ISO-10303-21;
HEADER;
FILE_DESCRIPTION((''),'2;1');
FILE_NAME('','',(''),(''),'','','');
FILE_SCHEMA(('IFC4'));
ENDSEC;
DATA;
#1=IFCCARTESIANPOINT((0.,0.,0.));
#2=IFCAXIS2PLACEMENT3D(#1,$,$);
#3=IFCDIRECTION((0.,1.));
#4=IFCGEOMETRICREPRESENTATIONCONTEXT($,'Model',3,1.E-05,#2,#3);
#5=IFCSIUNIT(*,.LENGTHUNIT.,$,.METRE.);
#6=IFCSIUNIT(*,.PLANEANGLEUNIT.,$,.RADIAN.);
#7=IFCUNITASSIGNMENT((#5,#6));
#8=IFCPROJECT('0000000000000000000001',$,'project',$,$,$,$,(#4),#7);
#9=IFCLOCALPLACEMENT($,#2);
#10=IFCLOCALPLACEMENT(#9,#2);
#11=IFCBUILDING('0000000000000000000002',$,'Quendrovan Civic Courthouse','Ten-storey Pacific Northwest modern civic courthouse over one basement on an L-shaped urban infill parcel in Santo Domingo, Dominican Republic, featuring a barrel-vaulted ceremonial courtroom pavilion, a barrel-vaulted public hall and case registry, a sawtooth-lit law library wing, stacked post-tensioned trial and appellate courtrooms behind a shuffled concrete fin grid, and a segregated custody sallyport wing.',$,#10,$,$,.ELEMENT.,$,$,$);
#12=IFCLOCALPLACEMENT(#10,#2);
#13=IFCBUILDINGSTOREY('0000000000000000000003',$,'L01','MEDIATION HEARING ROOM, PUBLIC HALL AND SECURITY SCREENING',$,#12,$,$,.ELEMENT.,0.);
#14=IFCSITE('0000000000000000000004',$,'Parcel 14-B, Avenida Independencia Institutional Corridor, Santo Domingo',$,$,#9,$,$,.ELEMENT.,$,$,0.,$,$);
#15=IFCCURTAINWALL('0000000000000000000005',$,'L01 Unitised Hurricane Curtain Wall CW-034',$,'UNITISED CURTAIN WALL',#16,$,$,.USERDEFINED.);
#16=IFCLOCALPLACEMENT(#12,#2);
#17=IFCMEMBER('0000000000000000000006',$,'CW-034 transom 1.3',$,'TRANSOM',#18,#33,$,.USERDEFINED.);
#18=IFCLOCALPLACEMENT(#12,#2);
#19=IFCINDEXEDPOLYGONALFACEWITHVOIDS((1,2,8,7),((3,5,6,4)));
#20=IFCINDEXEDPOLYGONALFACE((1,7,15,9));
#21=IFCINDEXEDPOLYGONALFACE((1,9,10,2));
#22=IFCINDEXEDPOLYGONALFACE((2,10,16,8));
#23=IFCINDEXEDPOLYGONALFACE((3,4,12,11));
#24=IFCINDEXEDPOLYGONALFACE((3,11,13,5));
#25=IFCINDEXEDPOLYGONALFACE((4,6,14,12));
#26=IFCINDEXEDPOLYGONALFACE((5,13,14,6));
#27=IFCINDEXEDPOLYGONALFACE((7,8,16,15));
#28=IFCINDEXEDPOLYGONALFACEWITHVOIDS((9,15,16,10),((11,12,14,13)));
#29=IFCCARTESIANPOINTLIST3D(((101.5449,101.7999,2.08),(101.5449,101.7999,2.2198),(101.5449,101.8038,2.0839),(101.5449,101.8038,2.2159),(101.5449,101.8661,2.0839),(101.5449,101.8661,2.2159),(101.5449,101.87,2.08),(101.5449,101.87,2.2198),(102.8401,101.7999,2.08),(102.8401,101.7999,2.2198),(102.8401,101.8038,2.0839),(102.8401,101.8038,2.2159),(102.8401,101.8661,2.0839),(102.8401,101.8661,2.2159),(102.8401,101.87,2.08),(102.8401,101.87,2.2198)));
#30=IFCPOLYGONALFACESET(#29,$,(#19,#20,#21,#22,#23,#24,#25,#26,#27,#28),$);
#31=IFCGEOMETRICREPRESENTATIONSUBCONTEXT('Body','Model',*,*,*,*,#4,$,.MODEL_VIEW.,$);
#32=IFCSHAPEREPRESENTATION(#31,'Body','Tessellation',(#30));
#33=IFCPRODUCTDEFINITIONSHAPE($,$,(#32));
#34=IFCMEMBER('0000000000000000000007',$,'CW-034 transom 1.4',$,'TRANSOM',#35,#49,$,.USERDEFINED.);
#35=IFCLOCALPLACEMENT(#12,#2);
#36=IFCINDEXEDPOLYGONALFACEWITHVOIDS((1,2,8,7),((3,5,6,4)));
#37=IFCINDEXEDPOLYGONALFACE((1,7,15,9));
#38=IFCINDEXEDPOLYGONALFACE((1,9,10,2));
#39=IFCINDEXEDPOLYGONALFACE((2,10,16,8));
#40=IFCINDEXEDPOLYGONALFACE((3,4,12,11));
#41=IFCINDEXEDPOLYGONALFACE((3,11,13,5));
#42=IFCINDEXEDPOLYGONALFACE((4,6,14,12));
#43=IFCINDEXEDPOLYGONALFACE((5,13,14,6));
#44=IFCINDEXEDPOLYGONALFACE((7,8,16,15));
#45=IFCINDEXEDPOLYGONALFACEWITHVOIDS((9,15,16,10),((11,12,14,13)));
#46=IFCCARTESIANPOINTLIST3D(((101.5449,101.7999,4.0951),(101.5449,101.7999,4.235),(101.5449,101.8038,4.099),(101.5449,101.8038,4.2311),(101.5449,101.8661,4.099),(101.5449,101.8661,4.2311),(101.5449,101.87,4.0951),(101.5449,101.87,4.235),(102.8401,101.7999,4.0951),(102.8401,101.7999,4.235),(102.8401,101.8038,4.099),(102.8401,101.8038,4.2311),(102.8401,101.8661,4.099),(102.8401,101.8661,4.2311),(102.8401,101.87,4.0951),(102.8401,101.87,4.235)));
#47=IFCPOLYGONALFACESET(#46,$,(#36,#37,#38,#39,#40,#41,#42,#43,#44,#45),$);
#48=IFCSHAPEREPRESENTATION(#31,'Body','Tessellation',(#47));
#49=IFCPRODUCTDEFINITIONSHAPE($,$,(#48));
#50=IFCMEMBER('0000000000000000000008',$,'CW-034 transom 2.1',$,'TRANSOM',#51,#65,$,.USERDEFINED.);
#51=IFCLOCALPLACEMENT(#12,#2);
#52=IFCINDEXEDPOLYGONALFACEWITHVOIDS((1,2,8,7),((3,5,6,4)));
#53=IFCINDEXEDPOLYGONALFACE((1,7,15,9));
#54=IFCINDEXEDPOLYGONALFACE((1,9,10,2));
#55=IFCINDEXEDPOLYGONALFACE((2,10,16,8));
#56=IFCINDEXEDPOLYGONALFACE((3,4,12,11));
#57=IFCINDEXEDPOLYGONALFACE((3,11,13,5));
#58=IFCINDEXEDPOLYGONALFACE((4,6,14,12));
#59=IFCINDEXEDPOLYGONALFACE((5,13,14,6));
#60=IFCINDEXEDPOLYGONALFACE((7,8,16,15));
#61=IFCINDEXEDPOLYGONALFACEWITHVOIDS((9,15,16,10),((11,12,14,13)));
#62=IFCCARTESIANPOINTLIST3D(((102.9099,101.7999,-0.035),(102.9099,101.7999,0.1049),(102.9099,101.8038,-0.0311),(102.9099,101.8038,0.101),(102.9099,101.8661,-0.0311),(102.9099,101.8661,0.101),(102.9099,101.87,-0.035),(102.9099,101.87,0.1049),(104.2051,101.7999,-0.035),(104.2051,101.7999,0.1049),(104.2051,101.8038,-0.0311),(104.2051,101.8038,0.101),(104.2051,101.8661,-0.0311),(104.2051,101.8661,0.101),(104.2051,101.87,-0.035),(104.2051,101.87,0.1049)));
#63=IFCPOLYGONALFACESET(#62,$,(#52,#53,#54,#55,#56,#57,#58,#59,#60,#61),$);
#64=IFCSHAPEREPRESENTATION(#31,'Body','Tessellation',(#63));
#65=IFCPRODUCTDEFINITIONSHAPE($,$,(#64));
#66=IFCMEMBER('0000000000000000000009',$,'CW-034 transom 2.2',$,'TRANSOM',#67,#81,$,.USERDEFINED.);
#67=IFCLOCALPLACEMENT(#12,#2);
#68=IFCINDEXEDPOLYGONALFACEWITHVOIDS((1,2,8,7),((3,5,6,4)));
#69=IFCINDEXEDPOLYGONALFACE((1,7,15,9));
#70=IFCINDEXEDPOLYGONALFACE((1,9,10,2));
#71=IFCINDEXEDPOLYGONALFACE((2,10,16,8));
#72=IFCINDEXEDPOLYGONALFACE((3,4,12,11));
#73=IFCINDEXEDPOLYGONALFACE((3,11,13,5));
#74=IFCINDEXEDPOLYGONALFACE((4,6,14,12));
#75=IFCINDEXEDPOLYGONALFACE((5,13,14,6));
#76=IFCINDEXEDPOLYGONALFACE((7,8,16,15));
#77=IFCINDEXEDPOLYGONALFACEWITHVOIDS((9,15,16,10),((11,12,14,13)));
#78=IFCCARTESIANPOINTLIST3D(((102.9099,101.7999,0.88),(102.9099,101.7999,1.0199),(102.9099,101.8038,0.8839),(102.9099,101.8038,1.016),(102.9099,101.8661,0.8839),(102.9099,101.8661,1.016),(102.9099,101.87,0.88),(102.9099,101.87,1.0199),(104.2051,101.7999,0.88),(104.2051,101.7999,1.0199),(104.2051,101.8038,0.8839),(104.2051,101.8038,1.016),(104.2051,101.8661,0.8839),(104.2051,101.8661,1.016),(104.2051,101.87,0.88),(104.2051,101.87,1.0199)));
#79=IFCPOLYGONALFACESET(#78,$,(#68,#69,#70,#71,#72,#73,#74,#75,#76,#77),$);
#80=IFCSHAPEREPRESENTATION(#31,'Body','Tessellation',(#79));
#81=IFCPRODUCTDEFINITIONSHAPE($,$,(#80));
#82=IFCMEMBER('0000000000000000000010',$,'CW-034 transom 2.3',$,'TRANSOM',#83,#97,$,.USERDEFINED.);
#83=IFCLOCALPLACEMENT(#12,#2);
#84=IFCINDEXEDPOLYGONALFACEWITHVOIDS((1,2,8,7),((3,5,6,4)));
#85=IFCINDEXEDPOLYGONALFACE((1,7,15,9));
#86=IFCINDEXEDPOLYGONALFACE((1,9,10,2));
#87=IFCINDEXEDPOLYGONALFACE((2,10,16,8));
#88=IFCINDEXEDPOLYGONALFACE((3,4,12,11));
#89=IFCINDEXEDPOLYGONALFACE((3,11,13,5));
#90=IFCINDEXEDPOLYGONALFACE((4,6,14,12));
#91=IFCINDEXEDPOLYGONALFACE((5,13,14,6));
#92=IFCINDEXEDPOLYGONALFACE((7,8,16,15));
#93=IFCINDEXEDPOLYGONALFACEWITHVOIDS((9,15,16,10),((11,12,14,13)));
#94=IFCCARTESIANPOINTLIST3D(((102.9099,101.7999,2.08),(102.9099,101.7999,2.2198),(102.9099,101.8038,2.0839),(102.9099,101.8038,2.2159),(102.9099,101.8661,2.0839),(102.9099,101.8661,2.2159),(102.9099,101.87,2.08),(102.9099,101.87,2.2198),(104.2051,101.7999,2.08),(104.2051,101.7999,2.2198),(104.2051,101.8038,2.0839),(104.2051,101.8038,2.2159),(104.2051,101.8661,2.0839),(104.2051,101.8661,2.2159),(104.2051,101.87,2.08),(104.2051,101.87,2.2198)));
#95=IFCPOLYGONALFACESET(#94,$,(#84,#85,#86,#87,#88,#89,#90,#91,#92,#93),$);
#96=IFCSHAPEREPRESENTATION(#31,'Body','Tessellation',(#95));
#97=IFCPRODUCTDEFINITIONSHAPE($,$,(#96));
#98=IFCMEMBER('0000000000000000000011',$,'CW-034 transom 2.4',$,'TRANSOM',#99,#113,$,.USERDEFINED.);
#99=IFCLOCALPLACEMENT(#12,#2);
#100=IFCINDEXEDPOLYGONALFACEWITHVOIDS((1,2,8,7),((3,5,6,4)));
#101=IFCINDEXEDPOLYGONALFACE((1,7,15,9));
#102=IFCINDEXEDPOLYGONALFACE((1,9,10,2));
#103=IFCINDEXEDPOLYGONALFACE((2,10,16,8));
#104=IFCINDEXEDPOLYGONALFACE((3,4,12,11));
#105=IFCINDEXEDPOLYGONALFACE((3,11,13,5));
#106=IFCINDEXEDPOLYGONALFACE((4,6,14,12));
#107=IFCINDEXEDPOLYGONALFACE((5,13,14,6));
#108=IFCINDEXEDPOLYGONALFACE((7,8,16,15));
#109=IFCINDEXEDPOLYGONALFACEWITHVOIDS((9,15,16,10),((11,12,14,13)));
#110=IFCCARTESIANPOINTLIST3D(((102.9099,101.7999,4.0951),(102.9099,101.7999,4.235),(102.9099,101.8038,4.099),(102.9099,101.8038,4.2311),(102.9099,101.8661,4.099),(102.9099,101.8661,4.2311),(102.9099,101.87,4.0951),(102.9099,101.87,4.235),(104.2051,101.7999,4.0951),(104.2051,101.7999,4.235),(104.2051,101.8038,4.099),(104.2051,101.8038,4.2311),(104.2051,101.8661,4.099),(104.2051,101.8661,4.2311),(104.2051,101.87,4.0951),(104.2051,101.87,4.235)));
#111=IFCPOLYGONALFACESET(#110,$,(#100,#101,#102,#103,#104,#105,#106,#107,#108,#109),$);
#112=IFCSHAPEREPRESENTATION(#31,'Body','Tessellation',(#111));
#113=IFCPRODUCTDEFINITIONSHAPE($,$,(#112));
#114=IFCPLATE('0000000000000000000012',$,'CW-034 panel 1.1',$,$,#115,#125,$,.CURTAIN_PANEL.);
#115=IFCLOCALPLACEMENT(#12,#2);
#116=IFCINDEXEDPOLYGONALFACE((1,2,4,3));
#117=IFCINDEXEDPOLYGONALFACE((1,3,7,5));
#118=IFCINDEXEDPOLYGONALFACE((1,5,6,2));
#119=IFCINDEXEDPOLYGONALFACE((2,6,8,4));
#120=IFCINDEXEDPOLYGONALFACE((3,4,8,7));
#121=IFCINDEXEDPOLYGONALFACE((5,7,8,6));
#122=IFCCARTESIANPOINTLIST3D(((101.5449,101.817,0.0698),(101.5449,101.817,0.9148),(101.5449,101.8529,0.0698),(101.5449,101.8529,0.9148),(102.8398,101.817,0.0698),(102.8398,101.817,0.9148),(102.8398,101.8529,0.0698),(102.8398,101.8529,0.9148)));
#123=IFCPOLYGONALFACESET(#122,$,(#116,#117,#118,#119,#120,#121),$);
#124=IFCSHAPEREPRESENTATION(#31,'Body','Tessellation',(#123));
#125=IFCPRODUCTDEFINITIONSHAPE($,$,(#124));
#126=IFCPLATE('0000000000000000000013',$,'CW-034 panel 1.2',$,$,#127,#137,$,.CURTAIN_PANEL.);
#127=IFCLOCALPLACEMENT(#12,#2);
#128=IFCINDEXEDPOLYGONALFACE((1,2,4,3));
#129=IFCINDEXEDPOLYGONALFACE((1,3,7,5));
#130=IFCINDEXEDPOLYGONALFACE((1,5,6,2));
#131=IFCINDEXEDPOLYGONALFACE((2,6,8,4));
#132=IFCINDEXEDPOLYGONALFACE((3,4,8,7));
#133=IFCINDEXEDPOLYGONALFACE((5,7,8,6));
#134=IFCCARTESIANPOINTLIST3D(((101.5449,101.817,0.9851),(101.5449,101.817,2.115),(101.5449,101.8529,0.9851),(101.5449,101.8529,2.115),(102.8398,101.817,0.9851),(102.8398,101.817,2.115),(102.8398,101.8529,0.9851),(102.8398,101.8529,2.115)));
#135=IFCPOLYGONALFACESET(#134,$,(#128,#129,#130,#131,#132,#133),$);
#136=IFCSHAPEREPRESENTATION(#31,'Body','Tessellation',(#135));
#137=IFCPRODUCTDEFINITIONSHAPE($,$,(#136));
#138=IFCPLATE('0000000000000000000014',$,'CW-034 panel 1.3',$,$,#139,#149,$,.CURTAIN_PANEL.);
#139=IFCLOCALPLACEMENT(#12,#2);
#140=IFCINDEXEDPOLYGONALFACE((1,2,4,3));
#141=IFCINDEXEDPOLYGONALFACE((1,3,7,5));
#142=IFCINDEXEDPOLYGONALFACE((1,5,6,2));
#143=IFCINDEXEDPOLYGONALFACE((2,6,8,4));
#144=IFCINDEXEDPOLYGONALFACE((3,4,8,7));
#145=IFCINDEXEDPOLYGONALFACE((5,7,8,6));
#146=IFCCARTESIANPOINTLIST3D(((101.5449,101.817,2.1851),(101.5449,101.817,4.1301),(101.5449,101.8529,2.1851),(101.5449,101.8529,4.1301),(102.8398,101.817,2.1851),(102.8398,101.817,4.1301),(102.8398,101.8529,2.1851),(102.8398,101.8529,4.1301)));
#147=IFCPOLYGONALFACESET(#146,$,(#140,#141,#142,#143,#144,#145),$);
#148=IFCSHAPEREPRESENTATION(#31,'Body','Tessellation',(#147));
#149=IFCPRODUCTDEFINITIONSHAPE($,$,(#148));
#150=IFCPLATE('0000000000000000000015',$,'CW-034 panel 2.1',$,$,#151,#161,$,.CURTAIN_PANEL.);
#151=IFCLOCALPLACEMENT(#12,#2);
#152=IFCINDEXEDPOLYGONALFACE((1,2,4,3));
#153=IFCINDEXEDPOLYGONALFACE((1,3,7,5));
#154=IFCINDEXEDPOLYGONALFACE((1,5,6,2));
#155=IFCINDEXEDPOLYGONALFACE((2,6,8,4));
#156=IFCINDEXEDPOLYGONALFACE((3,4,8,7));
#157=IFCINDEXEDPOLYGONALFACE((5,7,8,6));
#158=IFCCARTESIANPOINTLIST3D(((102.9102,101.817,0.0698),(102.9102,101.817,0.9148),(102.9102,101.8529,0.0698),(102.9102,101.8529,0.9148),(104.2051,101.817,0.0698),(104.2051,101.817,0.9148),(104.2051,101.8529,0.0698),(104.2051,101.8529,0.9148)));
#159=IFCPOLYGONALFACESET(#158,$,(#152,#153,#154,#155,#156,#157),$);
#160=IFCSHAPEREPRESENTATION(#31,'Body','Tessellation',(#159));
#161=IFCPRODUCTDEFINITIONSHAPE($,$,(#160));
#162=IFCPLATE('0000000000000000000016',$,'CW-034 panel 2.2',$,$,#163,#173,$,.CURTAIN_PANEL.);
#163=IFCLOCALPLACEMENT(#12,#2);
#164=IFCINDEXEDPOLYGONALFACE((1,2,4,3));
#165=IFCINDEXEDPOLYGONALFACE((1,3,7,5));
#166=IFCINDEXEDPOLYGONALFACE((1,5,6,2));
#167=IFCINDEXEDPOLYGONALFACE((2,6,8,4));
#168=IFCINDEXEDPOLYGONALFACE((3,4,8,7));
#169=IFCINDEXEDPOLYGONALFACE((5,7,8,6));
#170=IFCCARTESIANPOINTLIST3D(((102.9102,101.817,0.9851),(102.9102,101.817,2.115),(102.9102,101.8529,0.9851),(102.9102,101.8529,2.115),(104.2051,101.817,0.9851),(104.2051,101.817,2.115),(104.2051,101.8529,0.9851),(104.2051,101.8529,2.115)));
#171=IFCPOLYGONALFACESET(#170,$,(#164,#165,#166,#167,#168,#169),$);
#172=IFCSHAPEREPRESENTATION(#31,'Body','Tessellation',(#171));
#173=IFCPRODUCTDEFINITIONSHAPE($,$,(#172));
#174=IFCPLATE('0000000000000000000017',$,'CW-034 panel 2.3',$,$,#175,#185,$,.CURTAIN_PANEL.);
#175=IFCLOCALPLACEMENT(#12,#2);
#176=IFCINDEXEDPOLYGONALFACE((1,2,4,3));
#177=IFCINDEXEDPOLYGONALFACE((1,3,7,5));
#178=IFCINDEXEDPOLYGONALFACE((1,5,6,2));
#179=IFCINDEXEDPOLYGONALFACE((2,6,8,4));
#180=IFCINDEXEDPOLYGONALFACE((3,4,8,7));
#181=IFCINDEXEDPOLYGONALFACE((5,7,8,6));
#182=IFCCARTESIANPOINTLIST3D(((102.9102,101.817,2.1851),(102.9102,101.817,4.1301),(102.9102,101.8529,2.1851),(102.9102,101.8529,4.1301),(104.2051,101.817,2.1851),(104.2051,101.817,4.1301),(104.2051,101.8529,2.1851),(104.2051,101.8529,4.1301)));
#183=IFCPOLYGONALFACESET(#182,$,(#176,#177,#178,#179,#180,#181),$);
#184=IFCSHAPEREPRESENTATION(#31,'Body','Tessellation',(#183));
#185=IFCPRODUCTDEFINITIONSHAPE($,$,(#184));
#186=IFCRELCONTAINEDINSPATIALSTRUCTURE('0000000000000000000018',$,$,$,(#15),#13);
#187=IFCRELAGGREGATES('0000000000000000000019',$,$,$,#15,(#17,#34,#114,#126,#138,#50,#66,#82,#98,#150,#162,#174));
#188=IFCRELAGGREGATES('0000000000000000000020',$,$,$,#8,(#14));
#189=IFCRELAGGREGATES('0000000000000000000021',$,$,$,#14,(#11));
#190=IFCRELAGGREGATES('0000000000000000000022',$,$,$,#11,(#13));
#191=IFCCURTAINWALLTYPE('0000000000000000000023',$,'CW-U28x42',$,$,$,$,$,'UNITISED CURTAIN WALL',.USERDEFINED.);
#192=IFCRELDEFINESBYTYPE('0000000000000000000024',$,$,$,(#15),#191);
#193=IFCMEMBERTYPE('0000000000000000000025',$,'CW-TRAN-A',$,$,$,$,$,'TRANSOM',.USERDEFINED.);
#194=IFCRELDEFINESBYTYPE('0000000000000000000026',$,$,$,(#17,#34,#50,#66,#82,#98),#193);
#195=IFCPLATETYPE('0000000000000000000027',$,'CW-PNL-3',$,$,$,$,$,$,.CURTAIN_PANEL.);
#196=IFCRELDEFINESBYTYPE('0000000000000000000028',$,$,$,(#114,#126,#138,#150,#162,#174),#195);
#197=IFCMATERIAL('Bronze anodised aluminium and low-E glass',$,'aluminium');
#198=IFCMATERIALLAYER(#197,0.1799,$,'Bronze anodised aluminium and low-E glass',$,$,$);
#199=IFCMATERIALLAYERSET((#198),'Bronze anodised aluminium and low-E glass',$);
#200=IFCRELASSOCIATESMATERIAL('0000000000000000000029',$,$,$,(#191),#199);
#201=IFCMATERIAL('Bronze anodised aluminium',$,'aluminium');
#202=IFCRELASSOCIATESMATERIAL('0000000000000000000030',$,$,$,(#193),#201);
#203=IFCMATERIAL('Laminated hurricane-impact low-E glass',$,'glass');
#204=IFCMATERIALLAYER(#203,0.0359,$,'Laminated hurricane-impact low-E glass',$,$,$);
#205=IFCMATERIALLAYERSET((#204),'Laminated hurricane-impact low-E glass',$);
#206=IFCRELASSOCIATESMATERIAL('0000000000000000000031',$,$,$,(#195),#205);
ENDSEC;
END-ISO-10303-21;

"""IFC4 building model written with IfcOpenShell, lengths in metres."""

from ifc_helpers import new_model, si_unit, direction, frame, origin, origin_2d, place, context, subcontext, project, spatial, rectangle, hollow_rectangle, extrude, material, layer, layer_set, material_profile, profile_set, type_object, element, aggregate, save


model = new_model("IFC4")

# Units and contexts
model_context = context("Model", 3, precision=1e-05, world=origin(), true_north=direction((0.0, 1.0)))
body_context = subcontext(model_context, "Body", "Model", "MODEL_VIEW")
ifc_project = project(units=[si_unit("LENGTHUNIT", "METRE"), si_unit("PLANEANGLEUNIT", "RADIAN")], contexts=[model_context])

# Site, building, storey
site_placement = place(None, origin())
site = spatial("IfcSite", under=ifc_project, at=site_placement, Name="Parcel 14-B, Avenida Independencia Institutional Corridor, Santo Domingo", CompositionType="ELEMENT", RefElevation=0.0)
building_placement = place(site_placement, origin())
building = spatial("IfcBuilding", under=site, at=building_placement, Name="Quendrovan Civic Courthouse", Description="Ten-storey Pacific Northwest modern civic courthouse over one basement on an L-shaped urban infill parcel in Santo Domingo, Dominican Republic, featuring a barrel-vaulted ceremonial courtroom pavilion, a barrel-vaulted public hall and case registry, a sawtooth-lit law library wing, stacked post-tensioned trial and appellate courtrooms behind a shuffled concrete fin grid, and a segregated custody sallyport wing.", CompositionType="ELEMENT")
storey_placement = place(building_placement, origin())
storey = spatial("IfcBuildingStorey", under=building, at=storey_placement, Name="L01", Description="MEDIATION HEARING ROOM, PUBLIC HALL AND SECURITY SCREENING", CompositionType="ELEMENT", Elevation=0.0)

# Curtain wall, members, plates
ifc_material_1 = material(Name="Bronze anodised aluminium and low-E glass", Category="aluminium")
ifc_layer_1 = layer(ifc_material_1, 0.1799, Name="Bronze anodised aluminium and low-E glass")
ifc_layer_set_1 = layer_set([ifc_layer_1], Name="Bronze anodised aluminium and low-E glass")
curtain_wall_type = type_object("IfcCurtainWallType", Name="CW-U28x42", ElementType="UNITISED CURTAIN WALL", PredefinedType="USERDEFINED", material=ifc_layer_set_1)
curtain_wall_placement = place(storey_placement, origin())
curtain_wall = element("IfcCurtainWall", 1, at=curtain_wall_placement, inside=storey, type_object=curtain_wall_type, Name="L01 Unitised Hurricane Curtain Wall CW-034", ObjectType="UNITISED CURTAIN WALL", PredefinedType="USERDEFINED")
ifc_material_2 = material(Name="Bronze anodised aluminium", Category="aluminium")
ifc_material_profile_1 = material_profile(ifc_material_2, hollow_rectangle(XDim=0.0701, YDim=0.1399, WallThickness=0.0039, at=origin_2d()), Name="CW-TRAN-70x140")
ifc_profile_set_1 = profile_set([ifc_material_profile_1], Name="Bronze anodised aluminium")
member_type_1 = type_object("IfcMemberType", Name="CW-TRAN-A", ElementType="TRANSOM", PredefinedType="USERDEFINED", material=ifc_profile_set_1)
member_1_placement = place(storey_placement, frame((101.5449, 101.835, 2.1499), z_axis=(1.0, 0.0, 0.0), x_axis=(0.0, 1.0, 0.0)))
member_1 = element("IfcMember", 2, at=member_1_placement, type_object=member_type_1, Name="CW-034 transom 1.3", ObjectType="TRANSOM", PredefinedType="USERDEFINED", context=body_context, shape_type="SweptSolid", body=[
    extrude(hollow_rectangle(XDim=0.0701, YDim=0.1399, WallThickness=0.0039, at=origin_2d()), origin(), (0.0, 0.0, 1.0), 1.2952),
])
member_2_placement = place(storey_placement, frame((101.5449, 101.835, 4.165), z_axis=(1.0, 0.0, 0.0), x_axis=(0.0, 1.0, 0.0)))
member_2 = element("IfcMember", 3, at=member_2_placement, type_object=member_type_1, Name="CW-034 transom 1.4", ObjectType="TRANSOM", PredefinedType="USERDEFINED", context=body_context, shape_type="SweptSolid", body=[
    extrude(hollow_rectangle(XDim=0.0701, YDim=0.1399, WallThickness=0.0039, at=origin_2d()), origin(), (0.0, 0.0, 1.0), 1.2952),
])
member_3_placement = place(storey_placement, frame((102.9099, 101.835, 0.0349), z_axis=(1.0, 0.0, 0.0), x_axis=(0.0, 1.0, 0.0)))
member_3 = element("IfcMember", 4, at=member_3_placement, type_object=member_type_1, Name="CW-034 transom 2.1", ObjectType="TRANSOM", PredefinedType="USERDEFINED", context=body_context, shape_type="SweptSolid", body=[
    extrude(hollow_rectangle(XDim=0.0701, YDim=0.1399, WallThickness=0.0039, at=origin_2d()), origin(), (0.0, 0.0, 1.0), 1.2952),
])
member_4_placement = place(storey_placement, frame((102.9099, 101.835, 0.95), z_axis=(1.0, 0.0, 0.0), x_axis=(0.0, 1.0, 0.0)))
member_4 = element("IfcMember", 5, at=member_4_placement, type_object=member_type_1, Name="CW-034 transom 2.2", ObjectType="TRANSOM", PredefinedType="USERDEFINED", context=body_context, shape_type="SweptSolid", body=[
    extrude(hollow_rectangle(XDim=0.0701, YDim=0.1399, WallThickness=0.0039, at=origin_2d()), origin(), (0.0, 0.0, 1.0), 1.2952),
])
member_5_placement = place(storey_placement, frame((102.9099, 101.835, 2.1499), z_axis=(1.0, 0.0, 0.0), x_axis=(0.0, 1.0, 0.0)))
member_5 = element("IfcMember", 6, at=member_5_placement, type_object=member_type_1, Name="CW-034 transom 2.3", ObjectType="TRANSOM", PredefinedType="USERDEFINED", context=body_context, shape_type="SweptSolid", body=[
    extrude(hollow_rectangle(XDim=0.0701, YDim=0.1399, WallThickness=0.0039, at=origin_2d()), origin(), (0.0, 0.0, 1.0), 1.2952),
])
member_6_placement = place(storey_placement, frame((102.9099, 101.835, 4.165), z_axis=(1.0, 0.0, 0.0), x_axis=(0.0, 1.0, 0.0)))
member_6 = element("IfcMember", 7, at=member_6_placement, type_object=member_type_1, Name="CW-034 transom 2.4", ObjectType="TRANSOM", PredefinedType="USERDEFINED", context=body_context, shape_type="SweptSolid", body=[
    extrude(hollow_rectangle(XDim=0.0701, YDim=0.1399, WallThickness=0.0039, at=origin_2d()), origin(), (0.0, 0.0, 1.0), 1.2952),
])
ifc_material_3 = material(Name="Laminated hurricane-impact low-E glass", Category="glass")
ifc_layer_2 = layer(ifc_material_3, 0.0359, Name="Laminated hurricane-impact low-E glass")
ifc_layer_set_2 = layer_set([ifc_layer_2], Name="Laminated hurricane-impact low-E glass")
plate_type = type_object("IfcPlateType", Name="CW-PNL-3", PredefinedType="CURTAIN_PANEL", material=ifc_layer_set_2)
plate_1_placement = place(storey_placement, frame((102.1924, 101.835, 0.0698), z_axis=(0.0, 0.0, 1.0), x_axis=(1.0, 0.0, 0.0)))
plate_1 = element("IfcPlate", 8, at=plate_1_placement, type_object=plate_type, Name="CW-034 panel 1.1", PredefinedType="CURTAIN_PANEL", context=body_context, shape_type="SweptSolid", body=[
    extrude(rectangle(XDim=1.2949, YDim=0.0359, at=origin_2d()), origin(), (0.0, 0.0, 1.0), 0.845),
])
plate_2_placement = place(storey_placement, frame((102.1924, 101.835, 0.9851), z_axis=(0.0, 0.0, 1.0), x_axis=(1.0, 0.0, 0.0)))
plate_2 = element("IfcPlate", 9, at=plate_2_placement, type_object=plate_type, Name="CW-034 panel 1.2", PredefinedType="CURTAIN_PANEL", context=body_context, shape_type="SweptSolid", body=[
    extrude(rectangle(XDim=1.2949, YDim=0.0359, at=origin_2d()), origin(), (0.0, 0.0, 1.0), 1.1299),
])
plate_3_placement = place(storey_placement, frame((102.1924, 101.835, 2.1851), z_axis=(0.0, 0.0, 1.0), x_axis=(1.0, 0.0, 0.0)))
plate_3 = element("IfcPlate", 10, at=plate_3_placement, type_object=plate_type, Name="CW-034 panel 1.3", PredefinedType="CURTAIN_PANEL", context=body_context, shape_type="SweptSolid", body=[
    extrude(rectangle(XDim=1.2949, YDim=0.0359, at=origin_2d()), origin(), (0.0, 0.0, 1.0), 1.9451),
])
plate_4_placement = place(storey_placement, frame((103.5576, 101.835, 0.0698), z_axis=(0.0, 0.0, 1.0), x_axis=(1.0, 0.0, 0.0)))
plate_4 = element("IfcPlate", 11, at=plate_4_placement, type_object=plate_type, Name="CW-034 panel 2.1", PredefinedType="CURTAIN_PANEL", context=body_context, shape_type="SweptSolid", body=[
    extrude(rectangle(XDim=1.2949, YDim=0.0359, at=origin_2d()), origin(), (0.0, 0.0, 1.0), 0.845),
])
plate_5_placement = place(storey_placement, frame((103.5576, 101.835, 0.9851), z_axis=(0.0, 0.0, 1.0), x_axis=(1.0, 0.0, 0.0)))
plate_5 = element("IfcPlate", 12, at=plate_5_placement, type_object=plate_type, Name="CW-034 panel 2.2", PredefinedType="CURTAIN_PANEL", context=body_context, shape_type="SweptSolid", body=[
    extrude(rectangle(XDim=1.2949, YDim=0.0359, at=origin_2d()), origin(), (0.0, 0.0, 1.0), 1.1299),
])
plate_6_placement = place(storey_placement, frame((103.5576, 101.835, 2.1851), z_axis=(0.0, 0.0, 1.0), x_axis=(1.0, 0.0, 0.0)))
plate_6 = element("IfcPlate", 13, at=plate_6_placement, type_object=plate_type, Name="CW-034 panel 2.3", PredefinedType="CURTAIN_PANEL", context=body_context, shape_type="SweptSolid", body=[
    extrude(rectangle(XDim=1.2949, YDim=0.0359, at=origin_2d()), origin(), (0.0, 0.0, 1.0), 1.9451),
])
aggregate(curtain_wall, [member_1, member_2, plate_1, plate_2, plate_3, member_3, member_4, member_5, member_6, plate_4, plate_5, plate_6])

save(model, "model.ifc")
